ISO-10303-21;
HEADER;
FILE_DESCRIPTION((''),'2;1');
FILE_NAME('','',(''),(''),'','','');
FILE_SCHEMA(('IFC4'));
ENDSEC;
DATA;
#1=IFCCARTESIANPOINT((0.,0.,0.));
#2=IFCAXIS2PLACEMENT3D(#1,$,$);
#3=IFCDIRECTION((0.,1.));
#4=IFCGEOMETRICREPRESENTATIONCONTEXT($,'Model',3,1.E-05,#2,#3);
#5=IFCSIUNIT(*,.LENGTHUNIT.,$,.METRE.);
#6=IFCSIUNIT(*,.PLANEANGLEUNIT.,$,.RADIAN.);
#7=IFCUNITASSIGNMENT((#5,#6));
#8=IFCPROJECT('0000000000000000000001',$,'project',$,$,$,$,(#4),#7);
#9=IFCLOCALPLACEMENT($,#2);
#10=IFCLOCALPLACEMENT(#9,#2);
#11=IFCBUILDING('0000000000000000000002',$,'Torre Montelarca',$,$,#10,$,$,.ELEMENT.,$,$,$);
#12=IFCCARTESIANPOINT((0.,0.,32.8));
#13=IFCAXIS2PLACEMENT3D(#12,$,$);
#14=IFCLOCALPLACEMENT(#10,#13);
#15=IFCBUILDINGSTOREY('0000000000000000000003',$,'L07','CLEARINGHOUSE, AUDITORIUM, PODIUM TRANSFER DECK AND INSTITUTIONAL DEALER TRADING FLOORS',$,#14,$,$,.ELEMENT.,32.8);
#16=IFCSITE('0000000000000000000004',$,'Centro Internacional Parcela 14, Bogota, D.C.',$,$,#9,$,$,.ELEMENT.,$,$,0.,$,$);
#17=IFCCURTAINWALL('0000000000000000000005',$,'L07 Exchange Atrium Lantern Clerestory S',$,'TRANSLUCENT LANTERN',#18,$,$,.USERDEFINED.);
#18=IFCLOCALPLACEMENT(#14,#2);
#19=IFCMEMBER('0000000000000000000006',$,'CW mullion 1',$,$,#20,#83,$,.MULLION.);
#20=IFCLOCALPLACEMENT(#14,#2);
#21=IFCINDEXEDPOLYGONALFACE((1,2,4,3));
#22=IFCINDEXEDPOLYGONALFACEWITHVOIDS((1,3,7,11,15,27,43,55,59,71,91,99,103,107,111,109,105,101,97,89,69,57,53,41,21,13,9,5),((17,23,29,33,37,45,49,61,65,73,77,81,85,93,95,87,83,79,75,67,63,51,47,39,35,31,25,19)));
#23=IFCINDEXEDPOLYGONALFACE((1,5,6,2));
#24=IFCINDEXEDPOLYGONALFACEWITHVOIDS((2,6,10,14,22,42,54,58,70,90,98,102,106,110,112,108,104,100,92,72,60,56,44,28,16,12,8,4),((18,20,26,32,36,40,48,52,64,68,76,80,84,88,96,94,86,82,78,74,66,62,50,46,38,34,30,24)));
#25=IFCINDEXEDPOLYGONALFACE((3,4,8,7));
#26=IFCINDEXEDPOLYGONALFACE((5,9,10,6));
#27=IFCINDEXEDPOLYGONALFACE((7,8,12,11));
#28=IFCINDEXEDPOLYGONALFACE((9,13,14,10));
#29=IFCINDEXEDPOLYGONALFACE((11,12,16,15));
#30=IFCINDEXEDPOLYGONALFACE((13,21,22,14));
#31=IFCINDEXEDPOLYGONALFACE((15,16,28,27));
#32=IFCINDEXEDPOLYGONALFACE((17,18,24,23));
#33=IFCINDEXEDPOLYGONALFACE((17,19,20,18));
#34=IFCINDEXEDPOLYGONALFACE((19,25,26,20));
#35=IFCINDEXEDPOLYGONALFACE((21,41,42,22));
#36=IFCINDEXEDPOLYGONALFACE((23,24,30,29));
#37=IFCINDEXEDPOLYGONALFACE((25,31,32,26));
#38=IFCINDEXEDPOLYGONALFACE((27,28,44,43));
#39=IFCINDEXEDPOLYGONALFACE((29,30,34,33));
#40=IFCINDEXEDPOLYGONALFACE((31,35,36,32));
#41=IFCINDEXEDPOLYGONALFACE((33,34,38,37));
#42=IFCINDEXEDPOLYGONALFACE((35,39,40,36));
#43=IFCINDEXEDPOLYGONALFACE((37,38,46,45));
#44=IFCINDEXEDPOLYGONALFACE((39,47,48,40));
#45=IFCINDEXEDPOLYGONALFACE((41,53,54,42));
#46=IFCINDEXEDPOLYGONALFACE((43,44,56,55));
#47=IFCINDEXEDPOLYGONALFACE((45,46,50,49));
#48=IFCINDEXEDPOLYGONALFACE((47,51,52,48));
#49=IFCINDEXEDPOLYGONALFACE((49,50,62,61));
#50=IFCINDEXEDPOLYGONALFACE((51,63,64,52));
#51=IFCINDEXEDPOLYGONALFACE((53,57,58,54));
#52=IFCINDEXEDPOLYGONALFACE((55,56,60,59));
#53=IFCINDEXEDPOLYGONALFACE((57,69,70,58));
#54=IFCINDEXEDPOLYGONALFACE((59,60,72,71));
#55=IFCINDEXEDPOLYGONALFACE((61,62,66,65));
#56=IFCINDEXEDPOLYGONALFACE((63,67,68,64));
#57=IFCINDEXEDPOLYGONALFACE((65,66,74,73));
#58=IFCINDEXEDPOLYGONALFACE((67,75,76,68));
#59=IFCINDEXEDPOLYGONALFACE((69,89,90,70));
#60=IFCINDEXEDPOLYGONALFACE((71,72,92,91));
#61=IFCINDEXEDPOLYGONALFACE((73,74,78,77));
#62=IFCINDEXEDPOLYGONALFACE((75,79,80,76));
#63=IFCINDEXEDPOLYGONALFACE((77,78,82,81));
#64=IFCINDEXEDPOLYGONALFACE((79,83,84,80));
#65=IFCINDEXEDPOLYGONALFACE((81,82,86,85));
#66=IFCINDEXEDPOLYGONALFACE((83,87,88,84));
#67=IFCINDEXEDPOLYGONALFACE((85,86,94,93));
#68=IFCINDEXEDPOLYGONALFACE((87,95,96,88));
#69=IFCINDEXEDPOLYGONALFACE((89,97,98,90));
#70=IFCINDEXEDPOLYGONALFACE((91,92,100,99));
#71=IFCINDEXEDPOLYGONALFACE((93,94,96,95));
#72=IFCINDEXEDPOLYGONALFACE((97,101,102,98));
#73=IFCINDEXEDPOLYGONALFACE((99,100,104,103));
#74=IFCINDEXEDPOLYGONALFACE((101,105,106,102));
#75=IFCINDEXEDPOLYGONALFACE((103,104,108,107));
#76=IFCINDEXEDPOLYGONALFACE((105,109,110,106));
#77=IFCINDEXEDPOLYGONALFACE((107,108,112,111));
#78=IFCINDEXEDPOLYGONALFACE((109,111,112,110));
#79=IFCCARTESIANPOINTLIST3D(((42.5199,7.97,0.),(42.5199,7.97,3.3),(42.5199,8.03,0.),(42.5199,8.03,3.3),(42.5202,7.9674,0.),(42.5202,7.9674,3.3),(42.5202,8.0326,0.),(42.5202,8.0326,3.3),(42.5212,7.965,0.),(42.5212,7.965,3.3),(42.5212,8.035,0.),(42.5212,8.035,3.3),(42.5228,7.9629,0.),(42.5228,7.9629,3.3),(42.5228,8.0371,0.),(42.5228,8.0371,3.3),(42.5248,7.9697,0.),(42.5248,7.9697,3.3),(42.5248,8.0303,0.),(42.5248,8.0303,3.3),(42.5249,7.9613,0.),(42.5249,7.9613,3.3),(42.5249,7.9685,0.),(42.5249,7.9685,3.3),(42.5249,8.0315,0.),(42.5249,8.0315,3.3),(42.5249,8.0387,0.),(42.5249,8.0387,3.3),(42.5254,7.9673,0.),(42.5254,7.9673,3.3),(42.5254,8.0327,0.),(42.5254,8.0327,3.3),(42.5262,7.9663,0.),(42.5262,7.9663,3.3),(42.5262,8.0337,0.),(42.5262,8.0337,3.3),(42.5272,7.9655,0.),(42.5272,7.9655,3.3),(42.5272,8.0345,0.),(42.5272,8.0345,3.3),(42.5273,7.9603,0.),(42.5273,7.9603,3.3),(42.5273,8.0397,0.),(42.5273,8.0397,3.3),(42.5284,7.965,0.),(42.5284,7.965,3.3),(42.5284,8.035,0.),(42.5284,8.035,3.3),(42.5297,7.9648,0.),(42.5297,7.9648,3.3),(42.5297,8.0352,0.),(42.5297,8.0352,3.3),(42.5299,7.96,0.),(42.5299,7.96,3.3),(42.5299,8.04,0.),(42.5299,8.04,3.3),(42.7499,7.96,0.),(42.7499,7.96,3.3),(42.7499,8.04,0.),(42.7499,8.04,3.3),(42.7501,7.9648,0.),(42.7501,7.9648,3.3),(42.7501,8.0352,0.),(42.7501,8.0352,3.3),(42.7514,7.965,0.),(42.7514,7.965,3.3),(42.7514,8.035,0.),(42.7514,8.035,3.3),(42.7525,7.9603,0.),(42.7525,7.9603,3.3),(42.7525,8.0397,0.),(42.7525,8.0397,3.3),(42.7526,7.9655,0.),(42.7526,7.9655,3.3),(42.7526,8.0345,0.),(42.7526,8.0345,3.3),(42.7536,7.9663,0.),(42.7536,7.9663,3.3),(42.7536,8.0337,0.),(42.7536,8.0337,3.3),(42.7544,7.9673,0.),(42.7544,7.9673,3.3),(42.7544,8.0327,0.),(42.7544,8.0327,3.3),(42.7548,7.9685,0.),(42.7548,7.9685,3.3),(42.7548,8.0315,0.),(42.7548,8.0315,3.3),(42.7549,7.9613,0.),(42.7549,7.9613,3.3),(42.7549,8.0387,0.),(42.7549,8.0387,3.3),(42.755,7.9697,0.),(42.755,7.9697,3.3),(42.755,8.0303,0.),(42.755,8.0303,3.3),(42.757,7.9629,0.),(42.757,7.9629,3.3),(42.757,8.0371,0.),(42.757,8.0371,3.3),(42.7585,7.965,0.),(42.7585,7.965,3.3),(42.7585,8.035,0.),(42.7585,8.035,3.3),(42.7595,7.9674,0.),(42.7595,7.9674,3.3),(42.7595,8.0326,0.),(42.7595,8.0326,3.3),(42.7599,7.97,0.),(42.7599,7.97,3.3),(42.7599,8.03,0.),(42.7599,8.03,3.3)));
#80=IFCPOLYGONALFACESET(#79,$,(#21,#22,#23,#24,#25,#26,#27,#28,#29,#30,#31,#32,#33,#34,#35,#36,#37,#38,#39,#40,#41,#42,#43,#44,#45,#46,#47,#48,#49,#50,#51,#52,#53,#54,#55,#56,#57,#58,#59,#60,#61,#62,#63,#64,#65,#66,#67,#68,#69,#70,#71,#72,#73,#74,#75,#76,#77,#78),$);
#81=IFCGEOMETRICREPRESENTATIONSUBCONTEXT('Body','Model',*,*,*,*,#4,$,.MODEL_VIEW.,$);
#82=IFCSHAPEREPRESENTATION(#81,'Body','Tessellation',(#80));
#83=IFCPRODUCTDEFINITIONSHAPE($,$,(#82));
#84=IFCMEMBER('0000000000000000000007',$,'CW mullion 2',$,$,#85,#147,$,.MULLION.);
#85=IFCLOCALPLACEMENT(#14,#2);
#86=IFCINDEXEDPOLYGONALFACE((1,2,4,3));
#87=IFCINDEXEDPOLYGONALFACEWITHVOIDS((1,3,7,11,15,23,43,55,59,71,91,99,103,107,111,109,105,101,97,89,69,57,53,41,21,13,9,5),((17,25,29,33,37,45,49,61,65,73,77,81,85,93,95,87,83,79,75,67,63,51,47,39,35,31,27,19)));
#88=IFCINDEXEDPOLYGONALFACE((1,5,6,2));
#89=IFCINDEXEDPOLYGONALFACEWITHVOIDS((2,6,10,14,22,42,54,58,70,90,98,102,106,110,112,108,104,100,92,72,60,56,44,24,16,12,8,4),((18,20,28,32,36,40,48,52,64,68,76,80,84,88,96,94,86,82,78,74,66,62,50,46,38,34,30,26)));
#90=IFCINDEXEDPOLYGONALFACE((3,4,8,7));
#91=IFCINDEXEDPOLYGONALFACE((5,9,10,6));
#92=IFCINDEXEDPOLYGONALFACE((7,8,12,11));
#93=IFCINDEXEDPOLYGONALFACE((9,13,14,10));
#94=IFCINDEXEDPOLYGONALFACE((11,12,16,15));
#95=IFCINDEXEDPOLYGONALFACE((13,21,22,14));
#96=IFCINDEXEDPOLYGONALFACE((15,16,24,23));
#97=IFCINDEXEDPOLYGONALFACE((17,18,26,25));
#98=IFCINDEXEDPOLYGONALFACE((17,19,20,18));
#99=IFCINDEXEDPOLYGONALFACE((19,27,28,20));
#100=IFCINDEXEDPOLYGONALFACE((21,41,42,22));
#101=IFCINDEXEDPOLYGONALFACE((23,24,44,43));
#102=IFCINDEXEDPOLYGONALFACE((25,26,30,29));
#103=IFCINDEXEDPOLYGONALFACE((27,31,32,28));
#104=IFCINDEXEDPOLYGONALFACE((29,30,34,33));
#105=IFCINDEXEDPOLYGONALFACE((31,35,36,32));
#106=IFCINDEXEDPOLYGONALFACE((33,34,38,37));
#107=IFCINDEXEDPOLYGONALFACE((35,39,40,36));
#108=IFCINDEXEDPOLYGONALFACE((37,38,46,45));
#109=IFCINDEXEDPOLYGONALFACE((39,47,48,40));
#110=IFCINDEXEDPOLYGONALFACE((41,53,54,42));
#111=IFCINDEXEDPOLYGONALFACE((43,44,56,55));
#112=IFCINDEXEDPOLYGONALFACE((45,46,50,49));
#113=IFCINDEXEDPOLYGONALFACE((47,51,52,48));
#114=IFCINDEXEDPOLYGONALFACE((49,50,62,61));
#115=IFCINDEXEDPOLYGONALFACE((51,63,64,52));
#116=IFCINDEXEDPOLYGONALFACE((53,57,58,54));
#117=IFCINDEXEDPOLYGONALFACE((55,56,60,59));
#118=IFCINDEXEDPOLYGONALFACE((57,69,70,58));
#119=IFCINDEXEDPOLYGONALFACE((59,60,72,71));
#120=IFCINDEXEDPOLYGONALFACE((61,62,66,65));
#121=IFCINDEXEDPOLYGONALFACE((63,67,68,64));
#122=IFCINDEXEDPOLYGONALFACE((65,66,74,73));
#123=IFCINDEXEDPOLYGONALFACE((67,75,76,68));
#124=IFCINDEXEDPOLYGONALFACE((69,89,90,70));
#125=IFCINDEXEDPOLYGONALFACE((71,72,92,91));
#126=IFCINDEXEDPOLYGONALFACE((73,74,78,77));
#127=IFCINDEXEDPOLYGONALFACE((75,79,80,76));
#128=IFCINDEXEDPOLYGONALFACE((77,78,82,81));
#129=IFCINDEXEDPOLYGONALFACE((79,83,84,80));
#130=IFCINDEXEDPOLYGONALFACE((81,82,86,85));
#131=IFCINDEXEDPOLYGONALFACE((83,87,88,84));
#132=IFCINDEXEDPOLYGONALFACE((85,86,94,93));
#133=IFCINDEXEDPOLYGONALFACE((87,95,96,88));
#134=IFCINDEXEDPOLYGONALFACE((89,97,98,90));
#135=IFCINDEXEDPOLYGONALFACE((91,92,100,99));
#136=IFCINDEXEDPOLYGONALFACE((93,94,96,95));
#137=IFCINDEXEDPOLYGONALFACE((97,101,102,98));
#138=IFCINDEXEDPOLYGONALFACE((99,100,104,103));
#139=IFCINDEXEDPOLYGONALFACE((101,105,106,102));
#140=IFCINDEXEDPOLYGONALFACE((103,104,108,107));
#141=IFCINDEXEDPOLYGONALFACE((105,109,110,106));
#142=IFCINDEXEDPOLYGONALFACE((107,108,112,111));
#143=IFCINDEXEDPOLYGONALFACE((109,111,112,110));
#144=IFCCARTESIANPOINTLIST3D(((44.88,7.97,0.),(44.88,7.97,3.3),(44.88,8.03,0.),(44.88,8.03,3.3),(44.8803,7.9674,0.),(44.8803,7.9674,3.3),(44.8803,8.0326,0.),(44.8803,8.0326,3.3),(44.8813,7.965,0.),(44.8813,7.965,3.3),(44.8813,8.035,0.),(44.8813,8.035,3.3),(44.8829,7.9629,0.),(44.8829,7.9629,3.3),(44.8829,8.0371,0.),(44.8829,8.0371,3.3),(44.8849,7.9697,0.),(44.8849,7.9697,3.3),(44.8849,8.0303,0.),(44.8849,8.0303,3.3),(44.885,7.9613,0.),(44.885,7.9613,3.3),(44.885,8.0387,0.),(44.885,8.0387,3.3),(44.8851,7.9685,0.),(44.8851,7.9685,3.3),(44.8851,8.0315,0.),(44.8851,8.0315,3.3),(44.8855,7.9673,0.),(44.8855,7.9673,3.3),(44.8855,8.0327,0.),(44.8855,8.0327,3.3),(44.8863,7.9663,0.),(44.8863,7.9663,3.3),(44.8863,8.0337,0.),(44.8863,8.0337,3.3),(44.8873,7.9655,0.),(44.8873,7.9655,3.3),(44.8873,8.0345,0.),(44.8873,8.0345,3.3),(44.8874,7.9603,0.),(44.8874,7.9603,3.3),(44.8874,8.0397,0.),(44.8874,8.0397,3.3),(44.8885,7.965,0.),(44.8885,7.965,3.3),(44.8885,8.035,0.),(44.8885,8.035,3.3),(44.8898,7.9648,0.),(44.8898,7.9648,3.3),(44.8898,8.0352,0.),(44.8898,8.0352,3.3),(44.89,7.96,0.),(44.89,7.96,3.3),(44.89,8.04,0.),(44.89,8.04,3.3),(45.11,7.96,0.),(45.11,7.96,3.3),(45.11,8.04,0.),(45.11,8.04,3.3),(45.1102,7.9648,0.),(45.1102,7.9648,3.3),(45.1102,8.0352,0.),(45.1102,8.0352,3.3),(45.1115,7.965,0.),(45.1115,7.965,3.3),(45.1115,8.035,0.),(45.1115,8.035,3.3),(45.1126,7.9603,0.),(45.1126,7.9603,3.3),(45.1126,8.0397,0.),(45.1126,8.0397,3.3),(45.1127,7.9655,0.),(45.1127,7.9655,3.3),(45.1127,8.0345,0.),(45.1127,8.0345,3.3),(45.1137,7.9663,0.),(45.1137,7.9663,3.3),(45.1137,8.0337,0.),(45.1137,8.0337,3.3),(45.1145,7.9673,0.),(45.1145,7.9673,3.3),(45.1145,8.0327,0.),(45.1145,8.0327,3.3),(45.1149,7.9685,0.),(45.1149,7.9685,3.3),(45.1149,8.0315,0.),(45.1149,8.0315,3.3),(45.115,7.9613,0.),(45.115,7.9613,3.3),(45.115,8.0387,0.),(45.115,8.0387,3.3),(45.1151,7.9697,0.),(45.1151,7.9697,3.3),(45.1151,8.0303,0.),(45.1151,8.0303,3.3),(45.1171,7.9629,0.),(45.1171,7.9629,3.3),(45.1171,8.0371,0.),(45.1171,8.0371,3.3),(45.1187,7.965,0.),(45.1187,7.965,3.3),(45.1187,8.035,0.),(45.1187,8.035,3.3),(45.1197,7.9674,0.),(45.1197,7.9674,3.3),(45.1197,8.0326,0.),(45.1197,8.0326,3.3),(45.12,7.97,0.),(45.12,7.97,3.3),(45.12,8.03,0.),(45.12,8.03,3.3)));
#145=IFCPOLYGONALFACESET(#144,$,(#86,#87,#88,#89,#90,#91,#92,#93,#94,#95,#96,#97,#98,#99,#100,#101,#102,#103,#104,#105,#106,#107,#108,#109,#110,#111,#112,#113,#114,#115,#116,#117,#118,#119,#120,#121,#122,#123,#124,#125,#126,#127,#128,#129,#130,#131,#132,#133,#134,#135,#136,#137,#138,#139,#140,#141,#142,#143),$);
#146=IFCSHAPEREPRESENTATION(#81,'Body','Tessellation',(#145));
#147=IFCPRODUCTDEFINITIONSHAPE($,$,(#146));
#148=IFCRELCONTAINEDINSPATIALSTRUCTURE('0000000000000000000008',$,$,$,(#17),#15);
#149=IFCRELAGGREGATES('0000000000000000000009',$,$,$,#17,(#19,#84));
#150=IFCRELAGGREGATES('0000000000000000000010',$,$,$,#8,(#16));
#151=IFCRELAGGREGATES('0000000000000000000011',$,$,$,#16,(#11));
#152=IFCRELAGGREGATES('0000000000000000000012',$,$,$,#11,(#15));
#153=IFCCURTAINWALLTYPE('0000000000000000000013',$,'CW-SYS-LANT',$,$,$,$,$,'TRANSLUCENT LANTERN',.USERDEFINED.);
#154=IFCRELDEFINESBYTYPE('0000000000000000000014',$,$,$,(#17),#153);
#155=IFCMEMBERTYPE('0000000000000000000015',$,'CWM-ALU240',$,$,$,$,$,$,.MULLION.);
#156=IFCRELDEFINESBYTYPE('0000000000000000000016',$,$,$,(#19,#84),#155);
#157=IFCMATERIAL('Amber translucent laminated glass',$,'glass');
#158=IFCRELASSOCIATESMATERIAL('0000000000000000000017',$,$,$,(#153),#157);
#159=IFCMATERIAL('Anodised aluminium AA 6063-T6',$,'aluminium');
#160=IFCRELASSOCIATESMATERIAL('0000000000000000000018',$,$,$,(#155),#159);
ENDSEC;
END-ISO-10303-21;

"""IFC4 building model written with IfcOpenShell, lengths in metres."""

from ifc_helpers import new_model, si_unit, direction, frame, origin, origin_2d, place, context, subcontext, project, spatial, hollow_rectangle, extrude, source, transform, mapped, material, material_profile, profile_set, type_object, element, aggregate, save


model = new_model("IFC4")

# Units and contexts
model_context = context("Model", 3, precision=1e-05, world=origin(), true_north=direction((0.0, 1.0)))
body_context = subcontext(model_context, "Body", "Model", "MODEL_VIEW")
ifc_project = project(units=[si_unit("LENGTHUNIT", "METRE"), si_unit("PLANEANGLEUNIT", "RADIAN")], contexts=[model_context])

# Site, building, storey
site_placement = place(None, origin())
site = spatial("IfcSite", under=ifc_project, at=site_placement, Name="Centro Internacional Parcela 14, Bogota, D.C.", CompositionType="ELEMENT", RefElevation=0.0)
building_placement = place(site_placement, origin())
building = spatial("IfcBuilding", under=site, at=building_placement, Name="Torre Montelarca", CompositionType="ELEMENT")
storey_placement = place(building_placement, frame((0.0, 0.0, 32.8)))
storey = spatial("IfcBuildingStorey", under=building, at=storey_placement, Name="L07", Description="CLEARINGHOUSE, AUDITORIUM, PODIUM TRANSFER DECK AND INSTITUTIONAL DEALER TRADING FLOORS", CompositionType="ELEMENT", Elevation=32.8)

# Curtain wall, members
ifc_material_1 = material(Name="Amber translucent laminated glass", Category="glass")
curtain_wall_type = type_object("IfcCurtainWallType", Name="CW-SYS-LANT", ElementType="TRANSLUCENT LANTERN", PredefinedType="USERDEFINED", material=ifc_material_1)
curtain_wall_1_placement = place(storey_placement, origin())
curtain_wall_1 = element("IfcCurtainWall", 1, at=curtain_wall_1_placement, inside=storey, type_object=curtain_wall_type, Name="L07 Exchange Atrium Lantern Clerestory S", ObjectType="TRANSLUCENT LANTERN", PredefinedType="USERDEFINED")
ifc_material_2 = material(Name="Anodised aluminium AA 6063-T6", Category="aluminium")
ifc_material_profile_1 = material_profile(ifc_material_2, hollow_rectangle(XDim=0.0801, YDim=0.24, WallThickness=0.0049, InnerFilletRadius=0.0049, OuterFilletRadius=0.01, at=origin_2d()), Name="ALU80X240X5", Category="aluminium")
ifc_profile_set_1 = profile_set([ifc_material_profile_1], Name="Anodised aluminium AA 6063-T6")
member_type_1 = type_object("IfcMemberType", Name="CWM-ALU240", PredefinedType="MULLION", material=ifc_profile_set_1)
shared_shape_1 = source(origin(), body_context, "Body", "SweptSolid", [
    extrude(hollow_rectangle(XDim=0.0801, YDim=0.24, WallThickness=0.0049, InnerFilletRadius=0.0049, OuterFilletRadius=0.01, at=origin_2d()), origin(), (0.0, 0.0, 1.0), 3.3),
])
member_1_placement = place(storey_placement, frame((42.6399, 8.0, 0.0), z_axis=(0.0, 0.0, 1.0), x_axis=(0.0, 1.0, 0.0)))
member_1 = element("IfcMember", 2, at=member_1_placement, type_object=member_type_1, Name="CW mullion 1", PredefinedType="MULLION", context=body_context, shape_type="MappedRepresentation", body=[
    mapped(shared_shape_1, transform((0.0, 0.0, 0.0), scale=1.0)),
])
member_2_placement = place(storey_placement, frame((45.0, 8.0, 0.0), z_axis=(0.0, 0.0, 1.0), x_axis=(0.0, 1.0, 0.0)))
member_2 = element("IfcMember", 3, at=member_2_placement, type_object=member_type_1, Name="CW mullion 2", PredefinedType="MULLION", context=body_context, shape_type="MappedRepresentation", body=[
    mapped(shared_shape_1, transform((0.0, 0.0, 0.0), scale=1.0)),
])

aggregate(curtain_wall_1, [member_1, member_2])

save(model, "model.ifc")
